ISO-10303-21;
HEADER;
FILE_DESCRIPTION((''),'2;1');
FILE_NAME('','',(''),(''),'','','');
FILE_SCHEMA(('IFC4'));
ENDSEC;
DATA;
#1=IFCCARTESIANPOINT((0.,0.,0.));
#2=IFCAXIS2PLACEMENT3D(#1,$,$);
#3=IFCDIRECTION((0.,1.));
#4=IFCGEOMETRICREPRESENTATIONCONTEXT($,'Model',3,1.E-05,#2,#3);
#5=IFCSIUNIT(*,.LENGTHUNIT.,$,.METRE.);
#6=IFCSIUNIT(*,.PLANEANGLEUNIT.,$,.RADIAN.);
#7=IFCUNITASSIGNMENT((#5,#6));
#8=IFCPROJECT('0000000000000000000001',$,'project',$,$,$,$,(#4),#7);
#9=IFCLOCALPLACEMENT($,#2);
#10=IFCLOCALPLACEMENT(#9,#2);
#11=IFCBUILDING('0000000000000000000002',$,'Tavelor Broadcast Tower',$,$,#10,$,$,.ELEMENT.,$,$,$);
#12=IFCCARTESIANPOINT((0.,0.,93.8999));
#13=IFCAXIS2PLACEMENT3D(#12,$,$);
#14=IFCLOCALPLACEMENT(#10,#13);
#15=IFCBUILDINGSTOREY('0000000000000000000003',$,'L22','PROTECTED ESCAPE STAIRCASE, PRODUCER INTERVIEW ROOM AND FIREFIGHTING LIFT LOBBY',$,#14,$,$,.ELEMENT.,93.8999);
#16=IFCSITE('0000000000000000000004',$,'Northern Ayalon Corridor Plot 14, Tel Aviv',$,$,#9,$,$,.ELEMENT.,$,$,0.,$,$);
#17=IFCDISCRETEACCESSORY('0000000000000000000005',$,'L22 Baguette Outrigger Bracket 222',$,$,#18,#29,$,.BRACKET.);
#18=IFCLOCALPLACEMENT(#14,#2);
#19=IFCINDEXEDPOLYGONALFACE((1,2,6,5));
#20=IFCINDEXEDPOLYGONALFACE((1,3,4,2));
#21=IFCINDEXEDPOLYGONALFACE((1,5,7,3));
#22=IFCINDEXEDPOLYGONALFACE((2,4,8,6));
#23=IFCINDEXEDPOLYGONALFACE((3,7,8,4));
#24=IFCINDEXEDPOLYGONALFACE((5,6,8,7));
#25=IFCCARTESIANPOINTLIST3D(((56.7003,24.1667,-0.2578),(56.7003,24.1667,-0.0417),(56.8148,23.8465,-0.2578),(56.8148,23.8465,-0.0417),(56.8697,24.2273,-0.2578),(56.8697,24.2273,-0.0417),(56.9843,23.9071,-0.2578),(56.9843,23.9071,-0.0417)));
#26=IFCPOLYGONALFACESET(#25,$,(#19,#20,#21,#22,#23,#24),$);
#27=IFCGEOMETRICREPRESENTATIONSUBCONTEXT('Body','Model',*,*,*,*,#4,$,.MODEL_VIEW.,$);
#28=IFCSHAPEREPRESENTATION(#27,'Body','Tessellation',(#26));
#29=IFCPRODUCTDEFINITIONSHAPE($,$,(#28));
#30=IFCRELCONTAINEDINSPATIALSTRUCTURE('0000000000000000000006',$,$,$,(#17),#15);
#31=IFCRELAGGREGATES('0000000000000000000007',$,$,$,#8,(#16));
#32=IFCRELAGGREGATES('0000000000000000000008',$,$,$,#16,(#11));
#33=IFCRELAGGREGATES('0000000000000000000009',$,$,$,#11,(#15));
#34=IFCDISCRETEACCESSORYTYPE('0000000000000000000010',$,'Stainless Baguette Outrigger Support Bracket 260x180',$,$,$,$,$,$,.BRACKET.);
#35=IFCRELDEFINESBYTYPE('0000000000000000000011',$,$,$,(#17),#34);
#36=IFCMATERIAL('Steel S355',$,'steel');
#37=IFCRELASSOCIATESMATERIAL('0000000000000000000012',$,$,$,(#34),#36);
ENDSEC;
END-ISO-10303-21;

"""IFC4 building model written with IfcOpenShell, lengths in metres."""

from ifc_helpers import new_model, si_unit, direction, frame, origin, origin_2d, place, context, subcontext, project, spatial, rectangle, extrude, source, transform, mapped, material, type_object, type_shapes, element, save


model = new_model("IFC4")

# Units and contexts
model_context = context("Model", 3, precision=1e-05, world=origin(), true_north=direction((0.0, 1.0)))
body_context = subcontext(model_context, "Body", "Model", "MODEL_VIEW")
ifc_project = project(units=[si_unit("LENGTHUNIT", "METRE"), si_unit("PLANEANGLEUNIT", "RADIAN")], contexts=[model_context])

# Site, building, storey
site_placement = place(None, origin())
site = spatial("IfcSite", under=ifc_project, at=site_placement, Name="Northern Ayalon Corridor Plot 14, Tel Aviv", CompositionType="ELEMENT", RefElevation=0.0)
building_placement = place(site_placement, origin())
building = spatial("IfcBuilding", under=site, at=building_placement, Name="Tavelor Broadcast Tower", CompositionType="ELEMENT")
storey_placement = place(building_placement, frame((0.0, 0.0, 93.8999)))
storey = spatial("IfcBuildingStorey", under=building, at=storey_placement, Name="L22", Description="PROTECTED ESCAPE STAIRCASE, PRODUCER INTERVIEW ROOM AND FIREFIGHTING LIFT LOBBY", CompositionType="ELEMENT", Elevation=93.8999)

# Shared definitions
ifc_material_1 = material(Name="Steel S355", Category="steel")

# Discrete accessory
discrete_accessory_type = type_object("IfcDiscreteAccessoryType", Name="Stainless Baguette Outrigger Support Bracket 260x180", PredefinedType="BRACKET", material=ifc_material_1)
shared_shape_1 = source(origin(), body_context, "Body", "SweptSolid", [
    extrude(rectangle(XDim=0.1799, YDim=0.3401, at=origin_2d()), origin(), (0.0, 0.0, 1.0), 0.2161),
])
type_shapes(discrete_accessory_type, [shared_shape_1])
for number, where, z_axis, x_axis, name in (
    (1, (56.8423, 24.0369, -0.2578), (0.0, 0.0, 1.0), (0.941588, 0.336767, 0.0), "L22 Baguette Outrigger Bracket 222"),
):
    element("IfcDiscreteAccessory", number, at=place(storey_placement, frame(where, z_axis=z_axis, x_axis=x_axis)), inside=storey, type_object=discrete_accessory_type, Name=name, PredefinedType="BRACKET", context=body_context, shape_type="MappedRepresentation", body=[
        mapped(shared_shape_1, transform((0.0, 0.0, 0.0), scale=1.0)),
    ])

save(model, "model.ifc")
